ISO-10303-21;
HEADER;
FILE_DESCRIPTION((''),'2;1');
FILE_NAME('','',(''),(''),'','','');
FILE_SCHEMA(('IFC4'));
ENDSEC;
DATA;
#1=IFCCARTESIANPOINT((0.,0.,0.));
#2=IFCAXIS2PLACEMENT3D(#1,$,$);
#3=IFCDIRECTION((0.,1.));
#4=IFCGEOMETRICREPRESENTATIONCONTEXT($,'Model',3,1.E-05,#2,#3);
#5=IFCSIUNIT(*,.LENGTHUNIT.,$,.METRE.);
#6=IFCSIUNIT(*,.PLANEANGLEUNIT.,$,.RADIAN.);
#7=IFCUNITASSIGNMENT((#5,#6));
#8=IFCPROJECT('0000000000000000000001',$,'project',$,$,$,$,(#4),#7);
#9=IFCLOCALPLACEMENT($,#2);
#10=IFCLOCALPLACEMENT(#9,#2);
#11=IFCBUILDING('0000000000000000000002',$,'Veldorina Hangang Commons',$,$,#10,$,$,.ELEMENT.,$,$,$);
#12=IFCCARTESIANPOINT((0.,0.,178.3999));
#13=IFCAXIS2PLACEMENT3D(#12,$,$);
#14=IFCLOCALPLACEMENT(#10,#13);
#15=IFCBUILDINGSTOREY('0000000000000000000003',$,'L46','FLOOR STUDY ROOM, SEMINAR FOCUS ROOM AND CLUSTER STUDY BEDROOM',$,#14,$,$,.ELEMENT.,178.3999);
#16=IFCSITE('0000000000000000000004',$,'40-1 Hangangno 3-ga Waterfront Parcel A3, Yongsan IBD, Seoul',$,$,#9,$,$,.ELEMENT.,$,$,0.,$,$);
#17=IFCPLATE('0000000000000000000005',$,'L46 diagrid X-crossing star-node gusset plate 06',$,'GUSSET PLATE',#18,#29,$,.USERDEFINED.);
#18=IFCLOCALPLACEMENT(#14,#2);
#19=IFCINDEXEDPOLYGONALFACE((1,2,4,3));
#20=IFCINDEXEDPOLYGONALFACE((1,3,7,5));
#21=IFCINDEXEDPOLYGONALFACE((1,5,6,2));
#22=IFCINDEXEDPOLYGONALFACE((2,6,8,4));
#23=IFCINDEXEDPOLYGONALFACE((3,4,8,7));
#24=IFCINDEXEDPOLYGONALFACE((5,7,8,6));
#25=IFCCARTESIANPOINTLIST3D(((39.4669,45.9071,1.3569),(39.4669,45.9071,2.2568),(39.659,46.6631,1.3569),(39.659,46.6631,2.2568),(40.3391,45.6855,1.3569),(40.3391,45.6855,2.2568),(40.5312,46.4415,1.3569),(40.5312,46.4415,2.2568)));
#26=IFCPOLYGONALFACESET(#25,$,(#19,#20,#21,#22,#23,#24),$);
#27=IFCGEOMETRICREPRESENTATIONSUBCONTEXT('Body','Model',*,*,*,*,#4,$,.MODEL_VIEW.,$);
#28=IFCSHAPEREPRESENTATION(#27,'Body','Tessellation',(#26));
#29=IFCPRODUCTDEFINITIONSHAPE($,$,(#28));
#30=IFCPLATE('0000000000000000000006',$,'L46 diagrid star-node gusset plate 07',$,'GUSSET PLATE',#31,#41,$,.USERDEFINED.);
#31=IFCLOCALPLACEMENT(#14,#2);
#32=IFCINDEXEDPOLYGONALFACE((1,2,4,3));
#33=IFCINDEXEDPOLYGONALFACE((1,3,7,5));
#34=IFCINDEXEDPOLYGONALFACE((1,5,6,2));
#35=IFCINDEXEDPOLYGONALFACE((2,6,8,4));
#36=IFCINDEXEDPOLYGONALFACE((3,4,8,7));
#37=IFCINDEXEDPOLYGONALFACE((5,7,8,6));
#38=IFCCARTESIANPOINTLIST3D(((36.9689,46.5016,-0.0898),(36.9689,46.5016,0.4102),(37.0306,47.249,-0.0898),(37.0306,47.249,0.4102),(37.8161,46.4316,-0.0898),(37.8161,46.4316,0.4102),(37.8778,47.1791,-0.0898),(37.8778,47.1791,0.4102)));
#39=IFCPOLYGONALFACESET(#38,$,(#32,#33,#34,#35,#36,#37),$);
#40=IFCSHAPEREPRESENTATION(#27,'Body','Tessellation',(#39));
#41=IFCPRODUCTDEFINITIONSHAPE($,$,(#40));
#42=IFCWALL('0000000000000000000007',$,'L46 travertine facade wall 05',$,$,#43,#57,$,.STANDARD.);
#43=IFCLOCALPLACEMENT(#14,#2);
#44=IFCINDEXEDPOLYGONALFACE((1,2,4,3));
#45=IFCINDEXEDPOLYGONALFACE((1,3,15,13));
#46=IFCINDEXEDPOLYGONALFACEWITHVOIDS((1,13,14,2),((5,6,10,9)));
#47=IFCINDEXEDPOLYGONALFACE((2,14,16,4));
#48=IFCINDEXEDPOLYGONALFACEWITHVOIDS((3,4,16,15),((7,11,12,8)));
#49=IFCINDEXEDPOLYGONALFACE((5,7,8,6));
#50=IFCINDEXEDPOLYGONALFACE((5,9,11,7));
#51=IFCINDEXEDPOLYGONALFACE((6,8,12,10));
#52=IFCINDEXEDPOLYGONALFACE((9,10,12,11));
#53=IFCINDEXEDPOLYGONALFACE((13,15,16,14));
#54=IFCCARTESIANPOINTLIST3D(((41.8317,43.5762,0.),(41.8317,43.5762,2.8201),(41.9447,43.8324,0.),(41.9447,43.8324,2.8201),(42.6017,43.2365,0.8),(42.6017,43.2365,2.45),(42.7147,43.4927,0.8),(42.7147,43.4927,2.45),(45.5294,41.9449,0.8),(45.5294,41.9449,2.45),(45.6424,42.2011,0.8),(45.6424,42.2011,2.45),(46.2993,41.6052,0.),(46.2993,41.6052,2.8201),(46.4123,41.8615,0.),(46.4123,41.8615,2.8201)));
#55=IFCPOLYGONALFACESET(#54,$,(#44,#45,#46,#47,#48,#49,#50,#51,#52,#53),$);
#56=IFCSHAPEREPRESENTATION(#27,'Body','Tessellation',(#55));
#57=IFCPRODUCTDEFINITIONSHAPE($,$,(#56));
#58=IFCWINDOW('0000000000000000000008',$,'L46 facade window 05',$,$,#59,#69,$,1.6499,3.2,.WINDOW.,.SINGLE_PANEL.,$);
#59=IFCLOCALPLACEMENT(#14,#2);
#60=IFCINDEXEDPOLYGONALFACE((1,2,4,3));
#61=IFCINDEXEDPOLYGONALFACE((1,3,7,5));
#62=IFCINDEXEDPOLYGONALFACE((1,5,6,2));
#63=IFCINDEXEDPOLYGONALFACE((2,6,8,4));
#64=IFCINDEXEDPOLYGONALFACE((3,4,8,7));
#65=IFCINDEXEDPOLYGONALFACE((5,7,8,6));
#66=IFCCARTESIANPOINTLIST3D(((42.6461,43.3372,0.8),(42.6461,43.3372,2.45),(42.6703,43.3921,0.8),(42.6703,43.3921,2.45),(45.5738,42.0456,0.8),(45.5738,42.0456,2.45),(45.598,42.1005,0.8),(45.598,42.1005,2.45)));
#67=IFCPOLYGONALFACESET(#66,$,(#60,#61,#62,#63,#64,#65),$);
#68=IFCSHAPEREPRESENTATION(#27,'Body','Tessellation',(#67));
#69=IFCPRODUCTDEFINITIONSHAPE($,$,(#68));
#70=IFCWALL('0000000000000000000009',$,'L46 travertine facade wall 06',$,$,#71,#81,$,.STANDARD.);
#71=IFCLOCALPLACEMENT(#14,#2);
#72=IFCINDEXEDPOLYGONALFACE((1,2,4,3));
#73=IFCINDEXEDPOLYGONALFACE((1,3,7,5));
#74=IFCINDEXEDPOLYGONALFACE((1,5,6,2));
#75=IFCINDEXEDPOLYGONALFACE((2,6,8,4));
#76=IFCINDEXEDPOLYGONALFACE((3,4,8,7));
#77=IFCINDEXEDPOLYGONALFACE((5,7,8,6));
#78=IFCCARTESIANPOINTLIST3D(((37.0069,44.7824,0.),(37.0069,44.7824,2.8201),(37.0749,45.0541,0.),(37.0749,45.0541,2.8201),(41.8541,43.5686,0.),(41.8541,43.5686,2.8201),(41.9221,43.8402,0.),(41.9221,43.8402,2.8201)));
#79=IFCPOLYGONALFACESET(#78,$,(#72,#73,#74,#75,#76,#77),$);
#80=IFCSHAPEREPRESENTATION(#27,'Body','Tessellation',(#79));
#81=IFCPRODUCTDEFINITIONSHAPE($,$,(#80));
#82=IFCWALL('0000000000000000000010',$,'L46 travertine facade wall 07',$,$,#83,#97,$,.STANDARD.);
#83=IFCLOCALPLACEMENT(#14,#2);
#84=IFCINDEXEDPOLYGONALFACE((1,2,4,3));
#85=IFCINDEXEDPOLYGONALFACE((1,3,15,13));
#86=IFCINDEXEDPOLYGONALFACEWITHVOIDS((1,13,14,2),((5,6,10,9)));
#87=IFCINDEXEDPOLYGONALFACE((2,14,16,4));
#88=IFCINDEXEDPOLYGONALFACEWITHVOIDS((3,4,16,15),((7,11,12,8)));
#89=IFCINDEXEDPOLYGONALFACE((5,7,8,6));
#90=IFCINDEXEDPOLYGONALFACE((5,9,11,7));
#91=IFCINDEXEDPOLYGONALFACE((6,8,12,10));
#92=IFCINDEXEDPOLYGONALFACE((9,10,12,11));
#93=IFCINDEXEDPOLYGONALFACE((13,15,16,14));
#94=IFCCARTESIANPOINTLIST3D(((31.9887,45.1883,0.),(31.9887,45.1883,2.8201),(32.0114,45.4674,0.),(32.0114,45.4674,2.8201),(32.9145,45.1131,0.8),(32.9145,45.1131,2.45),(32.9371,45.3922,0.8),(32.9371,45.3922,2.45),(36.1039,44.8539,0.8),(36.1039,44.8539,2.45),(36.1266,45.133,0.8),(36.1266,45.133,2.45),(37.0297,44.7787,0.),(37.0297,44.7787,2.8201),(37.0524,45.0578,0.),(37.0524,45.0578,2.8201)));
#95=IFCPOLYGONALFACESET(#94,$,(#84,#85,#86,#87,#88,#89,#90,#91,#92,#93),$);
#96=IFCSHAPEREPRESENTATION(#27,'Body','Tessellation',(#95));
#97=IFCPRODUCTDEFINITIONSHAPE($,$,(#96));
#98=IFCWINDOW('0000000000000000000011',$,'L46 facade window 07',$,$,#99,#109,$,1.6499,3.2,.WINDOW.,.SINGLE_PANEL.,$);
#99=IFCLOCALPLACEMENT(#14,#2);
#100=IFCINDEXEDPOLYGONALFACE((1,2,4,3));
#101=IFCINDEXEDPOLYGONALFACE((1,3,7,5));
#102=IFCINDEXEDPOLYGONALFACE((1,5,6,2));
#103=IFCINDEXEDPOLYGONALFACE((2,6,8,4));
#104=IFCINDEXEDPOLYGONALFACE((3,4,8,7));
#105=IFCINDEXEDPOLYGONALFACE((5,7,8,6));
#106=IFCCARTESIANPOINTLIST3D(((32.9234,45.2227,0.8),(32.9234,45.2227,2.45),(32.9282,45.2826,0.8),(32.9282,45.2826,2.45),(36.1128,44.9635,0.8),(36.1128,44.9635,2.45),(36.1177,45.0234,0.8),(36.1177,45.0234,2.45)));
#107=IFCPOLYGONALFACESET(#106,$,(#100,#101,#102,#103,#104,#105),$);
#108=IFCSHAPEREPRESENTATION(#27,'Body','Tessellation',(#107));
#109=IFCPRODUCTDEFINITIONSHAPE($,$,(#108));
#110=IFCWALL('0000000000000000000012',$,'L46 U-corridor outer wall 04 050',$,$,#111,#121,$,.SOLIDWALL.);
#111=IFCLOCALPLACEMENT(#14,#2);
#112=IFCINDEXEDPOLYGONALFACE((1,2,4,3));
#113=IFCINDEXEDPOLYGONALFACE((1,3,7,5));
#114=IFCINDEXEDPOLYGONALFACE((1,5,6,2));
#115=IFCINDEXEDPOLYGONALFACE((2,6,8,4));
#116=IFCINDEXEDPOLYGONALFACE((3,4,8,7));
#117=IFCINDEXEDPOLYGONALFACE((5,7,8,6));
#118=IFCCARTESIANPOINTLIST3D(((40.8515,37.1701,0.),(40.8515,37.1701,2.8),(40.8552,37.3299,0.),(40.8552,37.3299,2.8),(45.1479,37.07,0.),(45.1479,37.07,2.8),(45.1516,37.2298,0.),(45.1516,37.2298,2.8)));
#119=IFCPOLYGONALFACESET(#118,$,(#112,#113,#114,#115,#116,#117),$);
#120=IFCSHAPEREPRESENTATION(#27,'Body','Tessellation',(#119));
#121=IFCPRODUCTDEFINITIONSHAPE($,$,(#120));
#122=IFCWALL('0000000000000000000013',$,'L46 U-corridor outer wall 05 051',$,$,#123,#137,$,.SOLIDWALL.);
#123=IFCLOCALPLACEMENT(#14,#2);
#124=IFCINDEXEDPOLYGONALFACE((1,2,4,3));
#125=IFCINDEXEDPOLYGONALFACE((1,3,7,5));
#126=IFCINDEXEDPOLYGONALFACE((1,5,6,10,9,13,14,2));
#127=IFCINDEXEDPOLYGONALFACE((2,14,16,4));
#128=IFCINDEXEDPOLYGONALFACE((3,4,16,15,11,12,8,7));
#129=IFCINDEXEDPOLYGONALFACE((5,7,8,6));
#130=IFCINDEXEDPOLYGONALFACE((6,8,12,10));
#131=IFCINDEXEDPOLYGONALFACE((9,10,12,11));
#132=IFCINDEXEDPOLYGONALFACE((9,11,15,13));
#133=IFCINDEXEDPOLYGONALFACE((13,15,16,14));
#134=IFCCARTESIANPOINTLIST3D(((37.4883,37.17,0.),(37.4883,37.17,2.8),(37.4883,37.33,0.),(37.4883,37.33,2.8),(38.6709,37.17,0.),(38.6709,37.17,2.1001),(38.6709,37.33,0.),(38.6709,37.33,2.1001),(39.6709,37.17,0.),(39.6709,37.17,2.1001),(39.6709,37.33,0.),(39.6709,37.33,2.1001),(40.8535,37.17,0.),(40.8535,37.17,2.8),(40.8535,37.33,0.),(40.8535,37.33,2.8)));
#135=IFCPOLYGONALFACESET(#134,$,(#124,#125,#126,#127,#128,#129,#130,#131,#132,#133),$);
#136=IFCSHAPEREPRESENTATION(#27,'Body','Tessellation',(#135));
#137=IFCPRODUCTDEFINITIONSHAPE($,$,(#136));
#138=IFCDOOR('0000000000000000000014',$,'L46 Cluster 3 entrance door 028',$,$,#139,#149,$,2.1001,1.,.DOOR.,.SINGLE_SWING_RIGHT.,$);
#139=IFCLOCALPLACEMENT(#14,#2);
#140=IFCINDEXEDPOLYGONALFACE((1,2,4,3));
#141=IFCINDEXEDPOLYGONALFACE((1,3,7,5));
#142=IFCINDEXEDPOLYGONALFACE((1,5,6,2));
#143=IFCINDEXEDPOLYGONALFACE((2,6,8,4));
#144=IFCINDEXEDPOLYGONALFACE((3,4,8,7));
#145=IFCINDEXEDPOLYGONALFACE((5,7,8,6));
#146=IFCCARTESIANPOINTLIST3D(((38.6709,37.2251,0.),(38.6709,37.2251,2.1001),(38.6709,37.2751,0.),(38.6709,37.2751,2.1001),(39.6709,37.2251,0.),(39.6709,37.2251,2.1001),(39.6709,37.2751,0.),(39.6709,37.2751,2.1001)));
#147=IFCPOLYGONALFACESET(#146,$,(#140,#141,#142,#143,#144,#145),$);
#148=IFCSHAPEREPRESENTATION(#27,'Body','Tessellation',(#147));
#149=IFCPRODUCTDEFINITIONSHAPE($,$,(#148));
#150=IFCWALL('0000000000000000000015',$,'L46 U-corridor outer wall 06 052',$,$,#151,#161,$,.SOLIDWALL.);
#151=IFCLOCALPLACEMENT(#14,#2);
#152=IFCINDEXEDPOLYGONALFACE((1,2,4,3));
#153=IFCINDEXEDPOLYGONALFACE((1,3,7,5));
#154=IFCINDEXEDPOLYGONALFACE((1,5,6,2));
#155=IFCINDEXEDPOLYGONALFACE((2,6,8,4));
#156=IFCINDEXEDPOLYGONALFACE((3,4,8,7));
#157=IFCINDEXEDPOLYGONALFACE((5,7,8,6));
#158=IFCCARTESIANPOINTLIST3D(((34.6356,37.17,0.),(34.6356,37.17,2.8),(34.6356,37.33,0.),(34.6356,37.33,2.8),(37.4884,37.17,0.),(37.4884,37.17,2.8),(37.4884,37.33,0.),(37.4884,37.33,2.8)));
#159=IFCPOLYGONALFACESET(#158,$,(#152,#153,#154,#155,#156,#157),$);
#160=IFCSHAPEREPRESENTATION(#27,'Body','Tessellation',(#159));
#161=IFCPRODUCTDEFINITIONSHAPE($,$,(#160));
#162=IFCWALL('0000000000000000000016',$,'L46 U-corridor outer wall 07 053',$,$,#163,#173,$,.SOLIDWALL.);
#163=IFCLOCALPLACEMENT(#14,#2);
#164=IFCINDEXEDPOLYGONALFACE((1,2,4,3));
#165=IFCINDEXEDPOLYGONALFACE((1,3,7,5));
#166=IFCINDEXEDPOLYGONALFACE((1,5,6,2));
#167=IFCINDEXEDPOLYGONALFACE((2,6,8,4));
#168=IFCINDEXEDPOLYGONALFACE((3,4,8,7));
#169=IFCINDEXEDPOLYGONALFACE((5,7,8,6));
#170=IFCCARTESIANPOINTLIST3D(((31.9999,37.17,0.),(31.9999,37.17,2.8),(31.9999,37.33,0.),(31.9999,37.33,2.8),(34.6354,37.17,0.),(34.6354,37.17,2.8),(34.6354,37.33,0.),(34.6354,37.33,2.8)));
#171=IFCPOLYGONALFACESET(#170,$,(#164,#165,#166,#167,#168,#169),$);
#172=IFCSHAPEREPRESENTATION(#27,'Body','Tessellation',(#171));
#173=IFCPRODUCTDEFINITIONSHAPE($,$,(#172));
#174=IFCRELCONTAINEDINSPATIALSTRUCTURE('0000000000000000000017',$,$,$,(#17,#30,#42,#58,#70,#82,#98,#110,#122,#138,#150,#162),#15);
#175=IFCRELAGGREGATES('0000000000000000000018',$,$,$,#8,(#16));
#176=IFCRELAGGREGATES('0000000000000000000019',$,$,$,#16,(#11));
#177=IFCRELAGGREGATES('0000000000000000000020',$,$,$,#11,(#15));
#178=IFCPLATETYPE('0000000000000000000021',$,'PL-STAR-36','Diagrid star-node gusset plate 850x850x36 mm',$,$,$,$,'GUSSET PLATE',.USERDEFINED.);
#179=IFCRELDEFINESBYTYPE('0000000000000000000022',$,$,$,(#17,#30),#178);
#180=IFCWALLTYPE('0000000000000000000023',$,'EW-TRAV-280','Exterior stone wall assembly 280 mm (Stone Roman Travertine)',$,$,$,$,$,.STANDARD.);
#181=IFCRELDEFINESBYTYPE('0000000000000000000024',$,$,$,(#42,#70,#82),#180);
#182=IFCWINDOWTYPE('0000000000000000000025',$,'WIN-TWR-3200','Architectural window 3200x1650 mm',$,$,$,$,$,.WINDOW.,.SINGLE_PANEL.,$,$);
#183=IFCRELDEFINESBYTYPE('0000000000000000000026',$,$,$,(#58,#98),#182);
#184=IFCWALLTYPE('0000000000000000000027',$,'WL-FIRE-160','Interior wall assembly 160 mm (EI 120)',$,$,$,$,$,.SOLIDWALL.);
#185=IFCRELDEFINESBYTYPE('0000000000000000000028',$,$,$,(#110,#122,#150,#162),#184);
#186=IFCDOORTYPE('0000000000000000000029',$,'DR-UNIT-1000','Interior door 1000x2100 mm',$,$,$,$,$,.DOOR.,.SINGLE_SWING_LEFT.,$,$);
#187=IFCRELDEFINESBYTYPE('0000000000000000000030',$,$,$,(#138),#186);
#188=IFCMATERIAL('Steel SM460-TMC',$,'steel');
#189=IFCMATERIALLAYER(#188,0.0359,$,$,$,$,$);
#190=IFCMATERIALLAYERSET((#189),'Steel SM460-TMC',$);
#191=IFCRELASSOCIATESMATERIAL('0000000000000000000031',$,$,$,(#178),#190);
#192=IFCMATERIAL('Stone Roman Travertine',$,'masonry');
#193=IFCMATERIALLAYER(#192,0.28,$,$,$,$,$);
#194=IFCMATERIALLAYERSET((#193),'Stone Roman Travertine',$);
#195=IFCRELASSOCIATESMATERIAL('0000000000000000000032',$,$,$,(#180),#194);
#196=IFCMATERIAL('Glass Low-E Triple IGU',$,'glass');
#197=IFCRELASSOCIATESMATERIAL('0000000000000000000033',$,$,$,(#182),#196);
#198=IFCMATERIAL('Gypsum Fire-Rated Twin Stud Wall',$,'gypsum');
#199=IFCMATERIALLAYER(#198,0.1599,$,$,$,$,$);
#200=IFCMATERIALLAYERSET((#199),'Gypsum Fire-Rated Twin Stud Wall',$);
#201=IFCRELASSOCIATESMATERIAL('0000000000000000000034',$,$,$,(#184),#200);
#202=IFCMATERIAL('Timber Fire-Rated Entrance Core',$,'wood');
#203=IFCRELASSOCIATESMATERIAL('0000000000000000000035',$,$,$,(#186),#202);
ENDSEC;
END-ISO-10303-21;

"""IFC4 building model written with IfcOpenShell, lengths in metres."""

from ifc_helpers import new_model, si_unit, direction, frame, frame_2d, origin, origin_2d, place, context, subcontext, project, spatial, rectangle, extrude, material, layer, layer_set, type_object, element, fill, save


model = new_model("IFC4")

# Units and contexts
model_context = context("Model", 3, precision=1e-05, world=origin(), true_north=direction((0.0, 1.0)))
body_context = subcontext(model_context, "Body", "Model", "MODEL_VIEW")
ifc_project = project(units=[si_unit("LENGTHUNIT", "METRE"), si_unit("PLANEANGLEUNIT", "RADIAN")], contexts=[model_context])

# Site, building, storey
site_placement = place(None, origin())
site = spatial("IfcSite", under=ifc_project, at=site_placement, Name="40-1 Hangangno 3-ga Waterfront Parcel A3, Yongsan IBD, Seoul", CompositionType="ELEMENT", RefElevation=0.0)
building_placement = place(site_placement, origin())
building = spatial("IfcBuilding", under=site, at=building_placement, Name="Veldorina Hangang Commons", CompositionType="ELEMENT")
storey_placement = place(building_placement, frame((0.0, 0.0, 178.3999)))
storey = spatial("IfcBuildingStorey", under=building, at=storey_placement, Name="L46", Description="FLOOR STUDY ROOM, SEMINAR FOCUS ROOM AND CLUSTER STUDY BEDROOM", CompositionType="ELEMENT", Elevation=178.3999)

# Plates
ifc_material_1 = material(Name="Steel SM460-TMC", Category="steel")
ifc_layer_1 = layer(ifc_material_1, 0.0359)
ifc_layer_set_1 = layer_set([ifc_layer_1], Name="Steel SM460-TMC")
plate_type = type_object("IfcPlateType", Name="PL-STAR-36", Description="Diagrid star-node gusset plate 850x850x36 mm", ElementType="GUSSET PLATE", PredefinedType="USERDEFINED", material=ifc_layer_set_1)
plate_1_placement = place(storey_placement, frame((39.999, 46.1743, 1.3569), z_axis=(0.0, 0.0, 1.0), x_axis=(-0.969197, 0.246289, 0.0)))
element("IfcPlate", 1, at=plate_1_placement, inside=storey, type_object=plate_type, Name="L46 diagrid X-crossing star-node gusset plate 06", ObjectType="GUSSET PLATE", PredefinedType="USERDEFINED", context=body_context, shape_type="SweptSolid", body=[
    extrude(rectangle(XDim=0.8999, YDim=0.78, at=origin_2d()), origin(), (0.0, 0.0, 1.0), 0.8999),
])
plate_2_placement = place(storey_placement, frame((37.4233, 46.8403, -0.0898), z_axis=(0.0, 0.0, 1.0), x_axis=(-0.996613, 0.082234, 0.0)))
element("IfcPlate", 2, at=plate_2_placement, inside=storey, type_object=plate_type, Name="L46 diagrid star-node gusset plate 07", ObjectType="GUSSET PLATE", PredefinedType="USERDEFINED", context=body_context, shape_type="SweptSolid", body=[
    extrude(rectangle(XDim=0.8501, YDim=0.75, at=origin_2d()), origin(), (0.0, 0.0, 1.0), 0.5),
])

# Wall, opening, window
ifc_material_2 = material(Name="Stone Roman Travertine", Category="masonry")
ifc_layer_2 = layer(ifc_material_2, 0.28)
ifc_layer_set_2 = layer_set([ifc_layer_2], Name="Stone Roman Travertine")
wall_type_1 = type_object("IfcWallType", Name="EW-TRAV-280", Description="Exterior stone wall assembly 280 mm (Stone Roman Travertine)", PredefinedType="STANDARD", material=ifc_layer_set_2)
wall_1_placement = place(storey_placement, frame((46.3557, 41.7334, 0.0), z_axis=(0.0, 0.0, 1.0), x_axis=(-0.914919, 0.403637, 0.0)))
wall_1 = element("IfcWall", 3, at=wall_1_placement, inside=storey, type_object=wall_type_1, Name="L46 travertine facade wall 05", PredefinedType="STANDARD", context=body_context, shape_type="SweptSolid", body=[
    extrude(rectangle(XDim=4.8831, YDim=0.28, at=frame_2d((2.4414, 0.0))), origin(), (0.0, 0.0, 1.0), 2.8201),
])
opening_1_placement = place(wall_1_placement, frame((0.8413, 0.0, 0.8)))
opening_1 = element("IfcOpeningElement", 4, at=opening_1_placement, cuts=wall_1, PredefinedType="OPENING", context=body_context, shape_type="SweptSolid", body=[
    extrude(rectangle(XDim=3.2, YDim=1.6499, at=frame_2d((1.6001, 0.825))), frame((0.0, 0.1499, 0.0), z_axis=(0.0, -1.0, 0.0), x_axis=(1.0, 0.0, 0.0)), (0.0, 0.0, 1.0), 0.3),
])
ifc_material_3 = material(Name="Glass Low-E Triple IGU", Category="glass")
window_type = type_object("IfcWindowType", Name="WIN-TWR-3200", Description="Architectural window 3200x1650 mm", PartitioningType="SINGLE_PANEL", PredefinedType="WINDOW", material=ifc_material_3)
window_1_placement = place(opening_1_placement, origin())
window_1 = element("IfcWindow", 5, at=window_1_placement, inside=storey, type_object=window_type, Name="L46 facade window 05", OverallHeight=1.6499, OverallWidth=3.2, PartitioningType="SINGLE_PANEL", PredefinedType="WINDOW", context=body_context, shape_type="SweptSolid", body=[
    extrude(rectangle(XDim=3.2, YDim=1.6499, at=frame_2d((1.6001, 0.825))), frame((0.0, 0.03, 0.0), z_axis=(0.0, -1.0, 0.0), x_axis=(1.0, 0.0, 0.0)), (0.0, 0.0, 1.0), 0.0601),
])
fill(opening_1, window_1)

# Wall
wall_2_placement = place(storey_placement, frame((41.8882, 43.7043, 0.0), z_axis=(0.0, 0.0, 1.0), x_axis=(-0.970045, 0.242926, 0.0)))
element("IfcWall", 6, at=wall_2_placement, inside=storey, type_object=wall_type_1, Name="L46 travertine facade wall 06", PredefinedType="STANDARD", context=body_context, shape_type="SweptSolid", body=[
    extrude(rectangle(XDim=4.9968, YDim=0.28, at=frame_2d((2.4985, 0.0))), origin(), (0.0, 0.0, 1.0), 2.8201),
])

# Wall, opening, window
wall_3_placement = place(storey_placement, frame((37.041, 44.9182, 0.0), z_axis=(0.0, 0.0, 1.0), x_axis=(-0.996714, 0.081, 0.0)))
wall_3 = element("IfcWall", 7, at=wall_3_placement, inside=storey, type_object=wall_type_1, Name="L46 travertine facade wall 07", PredefinedType="STANDARD", context=body_context, shape_type="SweptSolid", body=[
    extrude(rectangle(XDim=5.0576, YDim=0.28, at=frame_2d((2.5288, 0.0))), origin(), (0.0, 0.0, 1.0), 2.8201),
])
opening_2_placement = place(wall_3_placement, frame((0.9287, 0.0, 0.8)))
opening_2 = element("IfcOpeningElement", 8, at=opening_2_placement, cuts=wall_3, PredefinedType="OPENING", context=body_context, shape_type="SweptSolid", body=[
    extrude(rectangle(XDim=3.2, YDim=1.6499, at=frame_2d((1.6001, 0.825))), frame((0.0, 0.1499, 0.0), z_axis=(0.0, -1.0, 0.0), x_axis=(1.0, 0.0, 0.0)), (0.0, 0.0, 1.0), 0.3),
])
window_2_placement = place(opening_2_placement, origin())
window_2 = element("IfcWindow", 9, at=window_2_placement, inside=storey, type_object=window_type, Name="L46 facade window 07", OverallHeight=1.6499, OverallWidth=3.2, PartitioningType="SINGLE_PANEL", PredefinedType="WINDOW", context=body_context, shape_type="SweptSolid", body=[
    extrude(rectangle(XDim=3.2, YDim=1.6499, at=frame_2d((1.6001, 0.825))), frame((0.0, 0.03, 0.0), z_axis=(0.0, -1.0, 0.0), x_axis=(1.0, 0.0, 0.0)), (0.0, 0.0, 1.0), 0.0601),
])
fill(opening_2, window_2)

# Wall
ifc_material_4 = material(Name="Gypsum Fire-Rated Twin Stud Wall", Category="gypsum")
ifc_layer_3 = layer(ifc_material_4, 0.1599)
ifc_layer_set_3 = layer_set([ifc_layer_3], Name="Gypsum Fire-Rated Twin Stud Wall")
wall_type_2 = type_object("IfcWallType", Name="WL-FIRE-160", Description="Interior wall assembly 160 mm (EI 120)", PredefinedType="SOLIDWALL", material=ifc_layer_set_3)
wall_4_placement = place(storey_placement, frame((45.1499, 37.1499, 0.0), z_axis=(0.0, 0.0, 1.0), x_axis=(-0.999729, 0.023292, 0.0)))
element("IfcWall", 10, at=wall_4_placement, inside=storey, type_object=wall_type_2, Name="L46 U-corridor outer wall 04 050", PredefinedType="SOLIDWALL", context=body_context, shape_type="SweptSolid", body=[
    extrude(rectangle(XDim=4.2976, YDim=0.1599, at=frame_2d((2.1489, 0.0))), origin(), (0.0, 0.0, 1.0), 2.8),
])

# Wall, opening, door
wall_5_placement = place(storey_placement, frame((40.8535, 37.25, 0.0), z_axis=(0.0, 0.0, 1.0), x_axis=(-1.0, 0.0, 0.0)))
wall_5 = element("IfcWall", 11, at=wall_5_placement, inside=storey, type_object=wall_type_2, Name="L46 U-corridor outer wall 05 051", PredefinedType="SOLIDWALL", context=body_context, shape_type="SweptSolid", body=[
    extrude(rectangle(XDim=3.3652, YDim=0.1599, at=frame_2d((1.6826, 0.0))), origin(), (0.0, 0.0, 1.0), 2.8),
])
opening_3_placement = place(wall_5_placement, frame((1.1826, 0.0, 0.0)))
opening_3 = element("IfcOpeningElement", 12, at=opening_3_placement, cuts=wall_5, PredefinedType="OPENING", context=body_context, shape_type="SweptSolid", body=[
    extrude(rectangle(XDim=1.0, YDim=2.1001, at=frame_2d((0.5, 1.05))), frame((0.0, 0.0898, 0.0), z_axis=(0.0, -1.0, 0.0), x_axis=(1.0, 0.0, 0.0)), (0.0, 0.0, 1.0), 0.1799),
])
ifc_material_5 = material(Name="Timber Fire-Rated Entrance Core", Category="wood")
door_type_1 = type_object("IfcDoorType", Name="DR-UNIT-1000", Description="Interior door 1000x2100 mm", OperationType="SINGLE_SWING_LEFT", PredefinedType="DOOR", material=ifc_material_5)
door_1_placement = place(opening_3_placement, origin())
door_1 = element("IfcDoor", 13, at=door_1_placement, inside=storey, type_object=door_type_1, Name="L46 Cluster 3 entrance door 028", OperationType="SINGLE_SWING_RIGHT", OverallHeight=2.1001, OverallWidth=1.0, PredefinedType="DOOR", context=body_context, shape_type="SweptSolid", body=[
    extrude(rectangle(XDim=1.0, YDim=2.1001, at=frame_2d((0.5, 1.05))), frame((0.0, 0.0249, 0.0), z_axis=(0.0, -1.0, 0.0), x_axis=(1.0, 0.0, 0.0)), (0.0, 0.0, 1.0), 0.05),
])
fill(opening_3, door_1)

# Walls
wall_6_placement = place(storey_placement, frame((37.4883, 37.25, 0.0), z_axis=(0.0, 0.0, 1.0), x_axis=(-1.0, 0.0, 0.0)))
element("IfcWall", 14, at=wall_6_placement, inside=storey, type_object=wall_type_2, Name="L46 U-corridor outer wall 06 052", PredefinedType="SOLIDWALL", context=body_context, shape_type="SweptSolid", body=[
    extrude(rectangle(XDim=2.8528, YDim=0.1599, at=frame_2d((1.4263, 0.0))), origin(), (0.0, 0.0, 1.0), 2.8),
])
wall_7_placement = place(storey_placement, frame((34.6355, 37.25, 0.0), z_axis=(0.0, 0.0, 1.0), x_axis=(-1.0, 0.0, 0.0)))
element("IfcWall", 15, at=wall_7_placement, inside=storey, type_object=wall_type_2, Name="L46 U-corridor outer wall 07 053", PredefinedType="SOLIDWALL", context=body_context, shape_type="SweptSolid", body=[
    extrude(rectangle(XDim=2.6355, YDim=0.1599, at=frame_2d((1.3179, 0.0))), origin(), (0.0, 0.0, 1.0), 2.8),
])

save(model, "model.ifc")
